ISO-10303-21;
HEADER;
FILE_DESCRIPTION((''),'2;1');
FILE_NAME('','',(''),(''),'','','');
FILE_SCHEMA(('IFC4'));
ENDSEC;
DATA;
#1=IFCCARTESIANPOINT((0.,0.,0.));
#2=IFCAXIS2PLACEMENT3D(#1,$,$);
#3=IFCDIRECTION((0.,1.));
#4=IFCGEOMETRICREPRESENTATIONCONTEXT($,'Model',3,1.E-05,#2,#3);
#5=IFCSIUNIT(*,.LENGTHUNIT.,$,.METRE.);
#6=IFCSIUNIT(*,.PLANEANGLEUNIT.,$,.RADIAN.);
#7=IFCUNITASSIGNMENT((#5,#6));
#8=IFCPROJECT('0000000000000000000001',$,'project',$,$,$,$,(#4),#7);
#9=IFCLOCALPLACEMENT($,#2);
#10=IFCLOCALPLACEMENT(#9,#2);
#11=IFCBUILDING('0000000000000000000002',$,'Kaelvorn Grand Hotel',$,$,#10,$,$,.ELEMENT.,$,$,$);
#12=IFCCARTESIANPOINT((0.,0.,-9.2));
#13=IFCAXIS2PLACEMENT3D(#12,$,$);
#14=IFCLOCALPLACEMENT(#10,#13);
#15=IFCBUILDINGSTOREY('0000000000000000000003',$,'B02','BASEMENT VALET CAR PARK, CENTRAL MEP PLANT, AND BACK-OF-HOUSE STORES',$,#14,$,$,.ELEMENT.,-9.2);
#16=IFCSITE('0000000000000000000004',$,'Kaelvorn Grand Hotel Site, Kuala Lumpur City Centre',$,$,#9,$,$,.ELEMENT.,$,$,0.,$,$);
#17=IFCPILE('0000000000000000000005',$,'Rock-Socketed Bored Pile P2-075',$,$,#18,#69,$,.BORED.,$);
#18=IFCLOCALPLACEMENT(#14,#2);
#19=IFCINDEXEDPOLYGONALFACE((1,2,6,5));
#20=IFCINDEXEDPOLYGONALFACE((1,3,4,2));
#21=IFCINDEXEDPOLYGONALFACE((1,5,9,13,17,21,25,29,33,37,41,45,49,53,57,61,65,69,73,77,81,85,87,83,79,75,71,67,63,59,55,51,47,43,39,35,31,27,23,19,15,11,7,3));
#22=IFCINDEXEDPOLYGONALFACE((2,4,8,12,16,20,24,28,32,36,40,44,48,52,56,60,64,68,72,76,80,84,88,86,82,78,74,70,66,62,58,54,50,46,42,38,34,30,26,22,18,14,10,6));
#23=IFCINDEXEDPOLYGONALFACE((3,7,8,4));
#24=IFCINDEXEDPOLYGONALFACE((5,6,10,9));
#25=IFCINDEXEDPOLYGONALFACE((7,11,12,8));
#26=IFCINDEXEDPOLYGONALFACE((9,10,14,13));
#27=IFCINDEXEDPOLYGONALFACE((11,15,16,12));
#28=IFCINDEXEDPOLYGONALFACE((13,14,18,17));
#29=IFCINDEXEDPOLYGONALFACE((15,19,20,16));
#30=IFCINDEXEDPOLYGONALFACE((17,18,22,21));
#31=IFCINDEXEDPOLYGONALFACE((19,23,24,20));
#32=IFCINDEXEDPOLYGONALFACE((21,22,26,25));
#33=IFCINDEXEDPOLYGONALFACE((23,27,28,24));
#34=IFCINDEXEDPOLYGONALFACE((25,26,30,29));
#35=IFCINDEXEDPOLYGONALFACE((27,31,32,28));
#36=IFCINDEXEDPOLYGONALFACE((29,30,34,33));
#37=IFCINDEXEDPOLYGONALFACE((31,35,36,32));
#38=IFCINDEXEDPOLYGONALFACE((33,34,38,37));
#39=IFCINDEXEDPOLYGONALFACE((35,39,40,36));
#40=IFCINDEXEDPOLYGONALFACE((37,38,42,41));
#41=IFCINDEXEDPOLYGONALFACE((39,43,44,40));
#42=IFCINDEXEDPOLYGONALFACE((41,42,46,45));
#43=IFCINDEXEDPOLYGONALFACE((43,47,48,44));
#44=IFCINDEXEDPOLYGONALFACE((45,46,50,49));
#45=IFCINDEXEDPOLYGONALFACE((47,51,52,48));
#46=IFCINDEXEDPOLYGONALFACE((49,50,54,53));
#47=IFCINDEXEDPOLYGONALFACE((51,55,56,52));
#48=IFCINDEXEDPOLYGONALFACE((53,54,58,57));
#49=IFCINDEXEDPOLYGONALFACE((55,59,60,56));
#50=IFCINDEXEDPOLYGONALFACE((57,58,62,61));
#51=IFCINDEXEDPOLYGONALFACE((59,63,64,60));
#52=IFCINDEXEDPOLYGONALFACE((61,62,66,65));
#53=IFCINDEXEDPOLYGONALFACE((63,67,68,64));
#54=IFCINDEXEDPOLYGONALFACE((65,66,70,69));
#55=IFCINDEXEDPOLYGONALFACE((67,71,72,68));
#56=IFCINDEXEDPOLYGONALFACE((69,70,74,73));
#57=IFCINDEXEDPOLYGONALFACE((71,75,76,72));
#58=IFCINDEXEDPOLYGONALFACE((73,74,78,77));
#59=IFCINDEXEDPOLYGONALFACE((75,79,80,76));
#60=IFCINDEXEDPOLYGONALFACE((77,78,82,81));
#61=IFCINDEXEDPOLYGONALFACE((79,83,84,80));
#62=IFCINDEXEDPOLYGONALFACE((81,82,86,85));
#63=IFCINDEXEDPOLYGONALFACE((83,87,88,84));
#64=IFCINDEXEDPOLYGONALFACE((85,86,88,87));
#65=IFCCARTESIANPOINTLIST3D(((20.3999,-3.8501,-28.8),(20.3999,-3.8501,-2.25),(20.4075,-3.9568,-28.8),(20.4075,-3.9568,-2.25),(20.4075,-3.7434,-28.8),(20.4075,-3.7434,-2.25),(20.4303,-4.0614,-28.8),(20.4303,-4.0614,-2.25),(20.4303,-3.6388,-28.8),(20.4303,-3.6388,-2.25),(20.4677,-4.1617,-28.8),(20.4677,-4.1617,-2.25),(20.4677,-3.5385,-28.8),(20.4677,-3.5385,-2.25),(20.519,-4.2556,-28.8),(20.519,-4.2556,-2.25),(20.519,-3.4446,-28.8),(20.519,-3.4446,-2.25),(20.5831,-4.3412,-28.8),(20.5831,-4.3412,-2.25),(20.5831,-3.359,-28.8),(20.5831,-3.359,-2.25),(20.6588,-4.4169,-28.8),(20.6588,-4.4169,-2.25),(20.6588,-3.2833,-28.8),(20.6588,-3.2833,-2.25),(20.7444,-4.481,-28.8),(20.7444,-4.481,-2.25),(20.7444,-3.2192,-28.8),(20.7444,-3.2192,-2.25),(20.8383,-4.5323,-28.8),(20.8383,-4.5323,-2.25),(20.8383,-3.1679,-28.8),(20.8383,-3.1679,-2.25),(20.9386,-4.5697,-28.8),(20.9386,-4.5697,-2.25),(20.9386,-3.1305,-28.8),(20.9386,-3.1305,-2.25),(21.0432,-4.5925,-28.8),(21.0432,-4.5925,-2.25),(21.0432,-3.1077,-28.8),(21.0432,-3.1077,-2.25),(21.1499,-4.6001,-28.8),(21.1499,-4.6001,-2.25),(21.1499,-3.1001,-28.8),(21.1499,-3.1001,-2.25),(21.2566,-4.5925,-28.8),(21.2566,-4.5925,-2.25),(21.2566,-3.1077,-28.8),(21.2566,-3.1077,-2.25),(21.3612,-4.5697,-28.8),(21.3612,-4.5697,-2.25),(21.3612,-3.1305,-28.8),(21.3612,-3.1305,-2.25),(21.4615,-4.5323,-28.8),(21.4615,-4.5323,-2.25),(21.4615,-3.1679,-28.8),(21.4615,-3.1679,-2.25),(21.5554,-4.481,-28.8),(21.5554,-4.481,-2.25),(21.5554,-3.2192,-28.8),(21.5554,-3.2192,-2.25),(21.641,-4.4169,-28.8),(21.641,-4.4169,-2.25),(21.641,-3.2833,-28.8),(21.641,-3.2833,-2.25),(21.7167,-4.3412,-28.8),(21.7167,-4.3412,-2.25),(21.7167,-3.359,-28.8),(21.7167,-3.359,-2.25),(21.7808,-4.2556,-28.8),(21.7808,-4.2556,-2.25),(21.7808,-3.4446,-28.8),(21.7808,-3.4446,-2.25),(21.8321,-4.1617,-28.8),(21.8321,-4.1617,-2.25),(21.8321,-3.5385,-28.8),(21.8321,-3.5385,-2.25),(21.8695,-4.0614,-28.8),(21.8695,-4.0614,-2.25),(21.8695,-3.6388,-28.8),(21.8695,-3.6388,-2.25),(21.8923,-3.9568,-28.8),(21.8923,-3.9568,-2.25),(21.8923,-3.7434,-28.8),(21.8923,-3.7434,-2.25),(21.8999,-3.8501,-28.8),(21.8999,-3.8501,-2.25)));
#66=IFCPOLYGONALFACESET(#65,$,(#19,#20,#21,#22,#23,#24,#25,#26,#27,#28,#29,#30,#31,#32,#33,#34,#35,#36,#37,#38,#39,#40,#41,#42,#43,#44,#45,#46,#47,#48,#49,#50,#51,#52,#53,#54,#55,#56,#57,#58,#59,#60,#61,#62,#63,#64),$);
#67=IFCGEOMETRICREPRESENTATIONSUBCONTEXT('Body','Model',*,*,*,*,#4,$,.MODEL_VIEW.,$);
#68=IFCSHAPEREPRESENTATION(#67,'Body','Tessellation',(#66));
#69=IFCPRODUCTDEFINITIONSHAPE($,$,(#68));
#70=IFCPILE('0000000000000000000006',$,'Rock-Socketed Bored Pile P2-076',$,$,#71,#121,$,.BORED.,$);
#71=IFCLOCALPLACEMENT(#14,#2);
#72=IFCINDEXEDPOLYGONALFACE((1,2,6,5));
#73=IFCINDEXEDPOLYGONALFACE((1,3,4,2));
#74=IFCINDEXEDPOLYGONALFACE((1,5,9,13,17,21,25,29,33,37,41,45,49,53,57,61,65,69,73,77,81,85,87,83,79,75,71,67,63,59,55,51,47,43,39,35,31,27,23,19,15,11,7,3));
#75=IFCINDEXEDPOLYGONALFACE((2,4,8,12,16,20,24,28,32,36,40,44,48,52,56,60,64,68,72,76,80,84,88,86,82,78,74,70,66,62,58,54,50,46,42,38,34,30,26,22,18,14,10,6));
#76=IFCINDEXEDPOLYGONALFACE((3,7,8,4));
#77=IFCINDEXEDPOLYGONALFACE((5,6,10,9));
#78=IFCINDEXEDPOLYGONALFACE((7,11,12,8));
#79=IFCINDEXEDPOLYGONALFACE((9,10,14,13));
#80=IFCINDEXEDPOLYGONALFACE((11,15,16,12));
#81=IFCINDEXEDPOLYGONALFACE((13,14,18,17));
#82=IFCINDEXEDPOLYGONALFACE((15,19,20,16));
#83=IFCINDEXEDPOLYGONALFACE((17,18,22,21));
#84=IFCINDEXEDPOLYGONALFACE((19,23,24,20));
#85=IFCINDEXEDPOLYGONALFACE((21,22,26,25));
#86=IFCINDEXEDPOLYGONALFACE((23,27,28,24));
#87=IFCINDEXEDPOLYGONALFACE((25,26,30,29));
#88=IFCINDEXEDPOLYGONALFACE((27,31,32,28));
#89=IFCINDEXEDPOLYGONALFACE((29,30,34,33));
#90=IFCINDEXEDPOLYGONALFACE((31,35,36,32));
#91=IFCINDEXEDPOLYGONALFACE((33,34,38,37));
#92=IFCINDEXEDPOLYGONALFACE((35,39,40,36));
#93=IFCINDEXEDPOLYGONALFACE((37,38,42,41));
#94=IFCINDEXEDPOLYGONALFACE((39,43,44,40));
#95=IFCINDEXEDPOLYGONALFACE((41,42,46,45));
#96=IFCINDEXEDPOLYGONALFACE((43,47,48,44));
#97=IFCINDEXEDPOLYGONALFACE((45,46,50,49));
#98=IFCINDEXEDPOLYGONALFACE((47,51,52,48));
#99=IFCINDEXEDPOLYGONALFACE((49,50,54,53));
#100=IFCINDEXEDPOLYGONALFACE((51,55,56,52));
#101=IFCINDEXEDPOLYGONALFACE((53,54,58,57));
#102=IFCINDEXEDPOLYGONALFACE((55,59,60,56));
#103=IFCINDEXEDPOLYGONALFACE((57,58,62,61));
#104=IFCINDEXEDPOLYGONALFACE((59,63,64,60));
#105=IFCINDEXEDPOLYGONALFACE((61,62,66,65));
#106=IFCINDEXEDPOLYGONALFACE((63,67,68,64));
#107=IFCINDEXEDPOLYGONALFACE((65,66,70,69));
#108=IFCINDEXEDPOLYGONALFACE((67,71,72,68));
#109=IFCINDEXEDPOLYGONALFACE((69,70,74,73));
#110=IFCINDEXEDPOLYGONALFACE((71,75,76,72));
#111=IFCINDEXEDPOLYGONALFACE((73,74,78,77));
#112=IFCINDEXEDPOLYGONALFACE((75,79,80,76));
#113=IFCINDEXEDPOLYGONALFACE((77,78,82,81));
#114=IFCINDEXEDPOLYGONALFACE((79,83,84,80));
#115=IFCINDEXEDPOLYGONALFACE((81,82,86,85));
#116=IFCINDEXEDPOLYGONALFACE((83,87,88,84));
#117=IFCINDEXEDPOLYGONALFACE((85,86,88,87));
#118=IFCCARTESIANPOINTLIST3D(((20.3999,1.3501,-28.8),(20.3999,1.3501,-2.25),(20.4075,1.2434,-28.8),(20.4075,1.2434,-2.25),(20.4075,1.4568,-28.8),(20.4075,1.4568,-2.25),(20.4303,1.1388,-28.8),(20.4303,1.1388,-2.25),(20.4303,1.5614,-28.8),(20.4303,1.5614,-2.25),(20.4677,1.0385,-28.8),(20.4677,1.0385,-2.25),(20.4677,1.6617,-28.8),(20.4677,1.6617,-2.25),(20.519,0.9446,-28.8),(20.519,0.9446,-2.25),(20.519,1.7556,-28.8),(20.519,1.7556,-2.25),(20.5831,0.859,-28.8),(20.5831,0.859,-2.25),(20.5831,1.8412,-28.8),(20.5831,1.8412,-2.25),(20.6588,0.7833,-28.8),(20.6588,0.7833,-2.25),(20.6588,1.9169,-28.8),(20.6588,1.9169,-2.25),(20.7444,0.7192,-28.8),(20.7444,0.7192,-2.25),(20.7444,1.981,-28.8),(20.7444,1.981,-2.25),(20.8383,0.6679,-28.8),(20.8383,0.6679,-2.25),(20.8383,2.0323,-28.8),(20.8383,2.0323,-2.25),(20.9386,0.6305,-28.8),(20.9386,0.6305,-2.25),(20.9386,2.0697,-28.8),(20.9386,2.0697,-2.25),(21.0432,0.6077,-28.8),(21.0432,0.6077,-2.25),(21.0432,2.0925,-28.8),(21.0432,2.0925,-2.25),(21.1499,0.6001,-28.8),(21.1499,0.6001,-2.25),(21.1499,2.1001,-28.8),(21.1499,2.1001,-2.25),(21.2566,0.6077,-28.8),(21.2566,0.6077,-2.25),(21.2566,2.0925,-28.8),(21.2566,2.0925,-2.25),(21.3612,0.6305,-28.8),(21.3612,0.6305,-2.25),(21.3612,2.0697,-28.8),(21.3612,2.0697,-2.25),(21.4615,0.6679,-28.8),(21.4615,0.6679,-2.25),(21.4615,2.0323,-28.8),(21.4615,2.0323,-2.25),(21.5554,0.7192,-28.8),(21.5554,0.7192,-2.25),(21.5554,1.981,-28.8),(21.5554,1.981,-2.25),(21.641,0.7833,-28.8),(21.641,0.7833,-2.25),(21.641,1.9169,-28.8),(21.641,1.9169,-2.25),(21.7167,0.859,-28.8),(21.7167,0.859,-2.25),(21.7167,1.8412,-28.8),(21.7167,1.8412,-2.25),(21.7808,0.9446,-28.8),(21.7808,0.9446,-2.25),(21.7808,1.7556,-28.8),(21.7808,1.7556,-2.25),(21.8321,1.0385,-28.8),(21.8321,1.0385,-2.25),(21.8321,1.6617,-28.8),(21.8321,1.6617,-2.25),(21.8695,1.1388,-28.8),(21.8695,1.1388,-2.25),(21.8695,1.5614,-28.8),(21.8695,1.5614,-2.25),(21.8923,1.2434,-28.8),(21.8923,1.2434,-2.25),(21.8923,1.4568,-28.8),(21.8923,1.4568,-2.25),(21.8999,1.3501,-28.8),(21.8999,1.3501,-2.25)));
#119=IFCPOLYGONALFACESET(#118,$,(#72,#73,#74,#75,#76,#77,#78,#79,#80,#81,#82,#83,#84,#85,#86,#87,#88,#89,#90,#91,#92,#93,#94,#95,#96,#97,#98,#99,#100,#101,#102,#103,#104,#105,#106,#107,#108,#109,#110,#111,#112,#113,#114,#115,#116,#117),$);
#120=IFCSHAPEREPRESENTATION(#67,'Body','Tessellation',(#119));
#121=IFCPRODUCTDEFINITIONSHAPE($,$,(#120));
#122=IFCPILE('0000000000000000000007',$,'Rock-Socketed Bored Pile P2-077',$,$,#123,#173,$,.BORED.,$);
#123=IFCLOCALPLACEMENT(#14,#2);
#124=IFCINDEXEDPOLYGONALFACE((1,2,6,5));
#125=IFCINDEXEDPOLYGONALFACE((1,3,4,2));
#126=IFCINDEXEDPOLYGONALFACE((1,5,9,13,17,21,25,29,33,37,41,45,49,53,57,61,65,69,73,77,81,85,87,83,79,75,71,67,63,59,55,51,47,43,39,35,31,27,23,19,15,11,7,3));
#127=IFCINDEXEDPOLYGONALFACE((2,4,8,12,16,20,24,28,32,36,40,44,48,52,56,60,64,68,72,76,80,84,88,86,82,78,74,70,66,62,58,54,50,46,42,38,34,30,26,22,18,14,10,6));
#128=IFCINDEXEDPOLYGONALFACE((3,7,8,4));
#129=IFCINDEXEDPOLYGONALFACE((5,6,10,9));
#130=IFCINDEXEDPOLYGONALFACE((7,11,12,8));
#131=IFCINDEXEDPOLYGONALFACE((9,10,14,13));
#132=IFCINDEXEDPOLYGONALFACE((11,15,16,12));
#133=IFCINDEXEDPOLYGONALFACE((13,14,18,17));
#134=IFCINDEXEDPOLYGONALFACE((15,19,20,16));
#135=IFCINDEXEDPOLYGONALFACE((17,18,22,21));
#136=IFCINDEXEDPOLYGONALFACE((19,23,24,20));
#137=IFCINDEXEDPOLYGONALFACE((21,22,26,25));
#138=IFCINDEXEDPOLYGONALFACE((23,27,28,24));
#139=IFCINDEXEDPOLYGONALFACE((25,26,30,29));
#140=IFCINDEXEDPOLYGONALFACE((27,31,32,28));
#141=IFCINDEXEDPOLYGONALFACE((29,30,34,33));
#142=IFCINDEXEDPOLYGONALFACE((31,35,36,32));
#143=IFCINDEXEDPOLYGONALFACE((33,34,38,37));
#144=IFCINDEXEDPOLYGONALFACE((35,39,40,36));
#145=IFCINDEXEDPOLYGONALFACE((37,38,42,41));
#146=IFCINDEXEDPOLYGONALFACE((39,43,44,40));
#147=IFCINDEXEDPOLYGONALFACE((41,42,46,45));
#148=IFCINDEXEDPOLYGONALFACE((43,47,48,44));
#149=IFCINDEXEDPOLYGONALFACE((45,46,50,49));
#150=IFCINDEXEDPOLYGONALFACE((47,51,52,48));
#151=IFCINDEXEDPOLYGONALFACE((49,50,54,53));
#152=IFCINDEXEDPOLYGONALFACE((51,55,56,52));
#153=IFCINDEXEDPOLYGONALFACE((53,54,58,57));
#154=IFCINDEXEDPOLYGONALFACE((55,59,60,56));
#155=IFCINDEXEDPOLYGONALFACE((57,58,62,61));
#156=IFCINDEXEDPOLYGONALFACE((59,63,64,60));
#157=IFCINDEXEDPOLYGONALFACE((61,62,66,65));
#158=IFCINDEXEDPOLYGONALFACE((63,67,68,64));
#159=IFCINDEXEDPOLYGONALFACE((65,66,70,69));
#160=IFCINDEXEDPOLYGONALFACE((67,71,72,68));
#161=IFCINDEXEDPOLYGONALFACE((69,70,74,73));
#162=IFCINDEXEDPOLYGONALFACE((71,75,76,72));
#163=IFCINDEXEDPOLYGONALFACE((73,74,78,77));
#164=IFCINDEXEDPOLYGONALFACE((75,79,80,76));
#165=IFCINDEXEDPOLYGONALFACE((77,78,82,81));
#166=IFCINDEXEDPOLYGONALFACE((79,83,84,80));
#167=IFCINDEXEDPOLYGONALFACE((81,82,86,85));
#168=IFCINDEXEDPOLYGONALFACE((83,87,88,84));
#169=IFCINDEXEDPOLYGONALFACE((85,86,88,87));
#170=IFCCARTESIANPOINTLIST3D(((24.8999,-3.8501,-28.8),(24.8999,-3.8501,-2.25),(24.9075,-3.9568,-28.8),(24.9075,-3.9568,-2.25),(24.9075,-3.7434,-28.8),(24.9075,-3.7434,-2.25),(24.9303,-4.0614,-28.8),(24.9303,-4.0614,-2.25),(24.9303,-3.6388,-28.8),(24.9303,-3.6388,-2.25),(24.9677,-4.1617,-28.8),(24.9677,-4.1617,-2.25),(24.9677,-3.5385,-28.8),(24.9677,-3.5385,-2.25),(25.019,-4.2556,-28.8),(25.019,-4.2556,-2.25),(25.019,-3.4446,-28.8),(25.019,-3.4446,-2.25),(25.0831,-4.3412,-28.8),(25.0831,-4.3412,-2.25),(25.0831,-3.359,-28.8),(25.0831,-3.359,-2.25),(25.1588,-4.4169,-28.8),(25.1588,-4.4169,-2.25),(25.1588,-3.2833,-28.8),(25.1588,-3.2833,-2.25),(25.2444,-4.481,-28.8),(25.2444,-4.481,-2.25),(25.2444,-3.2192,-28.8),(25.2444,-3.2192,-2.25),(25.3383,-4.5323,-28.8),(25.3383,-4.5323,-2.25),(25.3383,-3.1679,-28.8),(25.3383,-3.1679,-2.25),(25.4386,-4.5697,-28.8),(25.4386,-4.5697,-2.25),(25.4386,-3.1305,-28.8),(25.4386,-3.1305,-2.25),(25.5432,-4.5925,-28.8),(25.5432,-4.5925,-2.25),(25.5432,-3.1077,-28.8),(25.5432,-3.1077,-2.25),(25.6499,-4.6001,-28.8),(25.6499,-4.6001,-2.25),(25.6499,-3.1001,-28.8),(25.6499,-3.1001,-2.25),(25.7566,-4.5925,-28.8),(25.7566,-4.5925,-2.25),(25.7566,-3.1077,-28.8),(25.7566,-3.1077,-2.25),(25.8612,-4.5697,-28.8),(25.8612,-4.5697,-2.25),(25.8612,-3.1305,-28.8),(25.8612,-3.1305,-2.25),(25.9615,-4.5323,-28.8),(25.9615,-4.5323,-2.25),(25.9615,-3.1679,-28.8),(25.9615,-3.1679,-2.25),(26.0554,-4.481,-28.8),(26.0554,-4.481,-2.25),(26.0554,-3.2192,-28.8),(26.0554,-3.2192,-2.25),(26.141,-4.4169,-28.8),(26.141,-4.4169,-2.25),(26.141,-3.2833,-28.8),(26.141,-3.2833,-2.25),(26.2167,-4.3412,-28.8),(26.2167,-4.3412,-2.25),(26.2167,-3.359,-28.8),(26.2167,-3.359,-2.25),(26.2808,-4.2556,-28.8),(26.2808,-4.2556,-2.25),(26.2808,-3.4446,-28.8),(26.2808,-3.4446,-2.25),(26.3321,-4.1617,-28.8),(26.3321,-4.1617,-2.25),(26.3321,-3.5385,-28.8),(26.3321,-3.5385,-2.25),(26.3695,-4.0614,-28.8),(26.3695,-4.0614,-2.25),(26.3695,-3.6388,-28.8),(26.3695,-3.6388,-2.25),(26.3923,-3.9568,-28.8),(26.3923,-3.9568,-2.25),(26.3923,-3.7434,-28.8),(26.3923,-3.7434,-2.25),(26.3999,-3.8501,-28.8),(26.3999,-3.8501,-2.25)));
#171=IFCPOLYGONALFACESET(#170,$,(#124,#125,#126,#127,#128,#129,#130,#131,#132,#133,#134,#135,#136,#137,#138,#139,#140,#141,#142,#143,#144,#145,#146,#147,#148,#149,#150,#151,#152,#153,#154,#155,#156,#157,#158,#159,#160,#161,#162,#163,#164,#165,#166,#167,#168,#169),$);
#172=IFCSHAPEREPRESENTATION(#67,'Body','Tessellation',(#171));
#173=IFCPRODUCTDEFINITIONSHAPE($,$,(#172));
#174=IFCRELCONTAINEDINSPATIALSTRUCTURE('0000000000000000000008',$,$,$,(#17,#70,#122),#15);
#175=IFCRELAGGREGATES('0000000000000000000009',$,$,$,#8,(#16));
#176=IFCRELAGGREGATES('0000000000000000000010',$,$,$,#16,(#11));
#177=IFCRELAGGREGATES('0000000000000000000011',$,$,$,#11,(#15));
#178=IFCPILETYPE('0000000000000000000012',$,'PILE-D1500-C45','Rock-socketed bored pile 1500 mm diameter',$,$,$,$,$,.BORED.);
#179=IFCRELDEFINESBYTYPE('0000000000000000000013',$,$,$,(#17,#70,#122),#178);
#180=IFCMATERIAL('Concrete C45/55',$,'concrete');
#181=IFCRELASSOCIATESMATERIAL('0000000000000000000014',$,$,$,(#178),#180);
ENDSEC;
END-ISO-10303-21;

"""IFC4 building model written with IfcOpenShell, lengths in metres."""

from ifc_helpers import new_model, si_unit, direction, frame, origin, origin_2d, place, context, subcontext, project, spatial, circle, extrude, material, material_profile, profile_set, type_object, element, save


model = new_model("IFC4")

# Units and contexts
model_context = context("Model", 3, precision=1e-05, world=origin(), true_north=direction((0.0, 1.0)))
body_context = subcontext(model_context, "Body", "Model", "MODEL_VIEW")
ifc_project = project(units=[si_unit("LENGTHUNIT", "METRE"), si_unit("PLANEANGLEUNIT", "RADIAN")], contexts=[model_context])

# Site, building, storey
site_placement = place(None, origin())
site = spatial("IfcSite", under=ifc_project, at=site_placement, Name="Kaelvorn Grand Hotel Site, Kuala Lumpur City Centre", CompositionType="ELEMENT", RefElevation=0.0)
building_placement = place(site_placement, origin())
building = spatial("IfcBuilding", under=site, at=building_placement, Name="Kaelvorn Grand Hotel", CompositionType="ELEMENT")
storey_placement = place(building_placement, frame((0.0, 0.0, -9.2)))
storey = spatial("IfcBuildingStorey", under=building, at=storey_placement, Name="B02", Description="BASEMENT VALET CAR PARK, CENTRAL MEP PLANT, AND BACK-OF-HOUSE STORES", CompositionType="ELEMENT", Elevation=-9.2)

# Piles
ifc_material_1 = material(Name="Concrete C45/55", Category="concrete")
ifc_material_profile_1 = material_profile(ifc_material_1, circle(Radius=0.75, at=origin_2d()), Name="BORED PILE D1500")
ifc_profile_set_1 = profile_set([ifc_material_profile_1], Name="Concrete C45/55")
pile_type = type_object("IfcPileType", Name="PILE-D1500-C45", Description="Rock-socketed bored pile 1500 mm diameter", PredefinedType="BORED", material=ifc_profile_set_1)
for number, where, z_axis, x_axis, name in (
    (1, (21.1499, -3.8501, -2.25), (0.0, 0.0, -1.0), (1.0, 0.0, 0.0), "Rock-Socketed Bored Pile P2-075"),
    (2, (21.1499, 1.3501, -2.25), (0.0, 0.0, -1.0), (1.0, 0.0, 0.0), "Rock-Socketed Bored Pile P2-076"),
    (3, (25.6499, -3.8501, -2.25), (0.0, 0.0, -1.0), (1.0, 0.0, 0.0), "Rock-Socketed Bored Pile P2-077"),
):
    element("IfcPile", number, at=place(storey_placement, frame(where, z_axis=z_axis, x_axis=x_axis)), inside=storey, type_object=pile_type, Name=name, PredefinedType="BORED", context=body_context, shape_type="SweptSolid", body=[
        extrude(circle(Radius=0.75, at=origin_2d()), origin(), (0.0, 0.0, 1.0), 26.55),
    ])

save(model, "model.ifc")
